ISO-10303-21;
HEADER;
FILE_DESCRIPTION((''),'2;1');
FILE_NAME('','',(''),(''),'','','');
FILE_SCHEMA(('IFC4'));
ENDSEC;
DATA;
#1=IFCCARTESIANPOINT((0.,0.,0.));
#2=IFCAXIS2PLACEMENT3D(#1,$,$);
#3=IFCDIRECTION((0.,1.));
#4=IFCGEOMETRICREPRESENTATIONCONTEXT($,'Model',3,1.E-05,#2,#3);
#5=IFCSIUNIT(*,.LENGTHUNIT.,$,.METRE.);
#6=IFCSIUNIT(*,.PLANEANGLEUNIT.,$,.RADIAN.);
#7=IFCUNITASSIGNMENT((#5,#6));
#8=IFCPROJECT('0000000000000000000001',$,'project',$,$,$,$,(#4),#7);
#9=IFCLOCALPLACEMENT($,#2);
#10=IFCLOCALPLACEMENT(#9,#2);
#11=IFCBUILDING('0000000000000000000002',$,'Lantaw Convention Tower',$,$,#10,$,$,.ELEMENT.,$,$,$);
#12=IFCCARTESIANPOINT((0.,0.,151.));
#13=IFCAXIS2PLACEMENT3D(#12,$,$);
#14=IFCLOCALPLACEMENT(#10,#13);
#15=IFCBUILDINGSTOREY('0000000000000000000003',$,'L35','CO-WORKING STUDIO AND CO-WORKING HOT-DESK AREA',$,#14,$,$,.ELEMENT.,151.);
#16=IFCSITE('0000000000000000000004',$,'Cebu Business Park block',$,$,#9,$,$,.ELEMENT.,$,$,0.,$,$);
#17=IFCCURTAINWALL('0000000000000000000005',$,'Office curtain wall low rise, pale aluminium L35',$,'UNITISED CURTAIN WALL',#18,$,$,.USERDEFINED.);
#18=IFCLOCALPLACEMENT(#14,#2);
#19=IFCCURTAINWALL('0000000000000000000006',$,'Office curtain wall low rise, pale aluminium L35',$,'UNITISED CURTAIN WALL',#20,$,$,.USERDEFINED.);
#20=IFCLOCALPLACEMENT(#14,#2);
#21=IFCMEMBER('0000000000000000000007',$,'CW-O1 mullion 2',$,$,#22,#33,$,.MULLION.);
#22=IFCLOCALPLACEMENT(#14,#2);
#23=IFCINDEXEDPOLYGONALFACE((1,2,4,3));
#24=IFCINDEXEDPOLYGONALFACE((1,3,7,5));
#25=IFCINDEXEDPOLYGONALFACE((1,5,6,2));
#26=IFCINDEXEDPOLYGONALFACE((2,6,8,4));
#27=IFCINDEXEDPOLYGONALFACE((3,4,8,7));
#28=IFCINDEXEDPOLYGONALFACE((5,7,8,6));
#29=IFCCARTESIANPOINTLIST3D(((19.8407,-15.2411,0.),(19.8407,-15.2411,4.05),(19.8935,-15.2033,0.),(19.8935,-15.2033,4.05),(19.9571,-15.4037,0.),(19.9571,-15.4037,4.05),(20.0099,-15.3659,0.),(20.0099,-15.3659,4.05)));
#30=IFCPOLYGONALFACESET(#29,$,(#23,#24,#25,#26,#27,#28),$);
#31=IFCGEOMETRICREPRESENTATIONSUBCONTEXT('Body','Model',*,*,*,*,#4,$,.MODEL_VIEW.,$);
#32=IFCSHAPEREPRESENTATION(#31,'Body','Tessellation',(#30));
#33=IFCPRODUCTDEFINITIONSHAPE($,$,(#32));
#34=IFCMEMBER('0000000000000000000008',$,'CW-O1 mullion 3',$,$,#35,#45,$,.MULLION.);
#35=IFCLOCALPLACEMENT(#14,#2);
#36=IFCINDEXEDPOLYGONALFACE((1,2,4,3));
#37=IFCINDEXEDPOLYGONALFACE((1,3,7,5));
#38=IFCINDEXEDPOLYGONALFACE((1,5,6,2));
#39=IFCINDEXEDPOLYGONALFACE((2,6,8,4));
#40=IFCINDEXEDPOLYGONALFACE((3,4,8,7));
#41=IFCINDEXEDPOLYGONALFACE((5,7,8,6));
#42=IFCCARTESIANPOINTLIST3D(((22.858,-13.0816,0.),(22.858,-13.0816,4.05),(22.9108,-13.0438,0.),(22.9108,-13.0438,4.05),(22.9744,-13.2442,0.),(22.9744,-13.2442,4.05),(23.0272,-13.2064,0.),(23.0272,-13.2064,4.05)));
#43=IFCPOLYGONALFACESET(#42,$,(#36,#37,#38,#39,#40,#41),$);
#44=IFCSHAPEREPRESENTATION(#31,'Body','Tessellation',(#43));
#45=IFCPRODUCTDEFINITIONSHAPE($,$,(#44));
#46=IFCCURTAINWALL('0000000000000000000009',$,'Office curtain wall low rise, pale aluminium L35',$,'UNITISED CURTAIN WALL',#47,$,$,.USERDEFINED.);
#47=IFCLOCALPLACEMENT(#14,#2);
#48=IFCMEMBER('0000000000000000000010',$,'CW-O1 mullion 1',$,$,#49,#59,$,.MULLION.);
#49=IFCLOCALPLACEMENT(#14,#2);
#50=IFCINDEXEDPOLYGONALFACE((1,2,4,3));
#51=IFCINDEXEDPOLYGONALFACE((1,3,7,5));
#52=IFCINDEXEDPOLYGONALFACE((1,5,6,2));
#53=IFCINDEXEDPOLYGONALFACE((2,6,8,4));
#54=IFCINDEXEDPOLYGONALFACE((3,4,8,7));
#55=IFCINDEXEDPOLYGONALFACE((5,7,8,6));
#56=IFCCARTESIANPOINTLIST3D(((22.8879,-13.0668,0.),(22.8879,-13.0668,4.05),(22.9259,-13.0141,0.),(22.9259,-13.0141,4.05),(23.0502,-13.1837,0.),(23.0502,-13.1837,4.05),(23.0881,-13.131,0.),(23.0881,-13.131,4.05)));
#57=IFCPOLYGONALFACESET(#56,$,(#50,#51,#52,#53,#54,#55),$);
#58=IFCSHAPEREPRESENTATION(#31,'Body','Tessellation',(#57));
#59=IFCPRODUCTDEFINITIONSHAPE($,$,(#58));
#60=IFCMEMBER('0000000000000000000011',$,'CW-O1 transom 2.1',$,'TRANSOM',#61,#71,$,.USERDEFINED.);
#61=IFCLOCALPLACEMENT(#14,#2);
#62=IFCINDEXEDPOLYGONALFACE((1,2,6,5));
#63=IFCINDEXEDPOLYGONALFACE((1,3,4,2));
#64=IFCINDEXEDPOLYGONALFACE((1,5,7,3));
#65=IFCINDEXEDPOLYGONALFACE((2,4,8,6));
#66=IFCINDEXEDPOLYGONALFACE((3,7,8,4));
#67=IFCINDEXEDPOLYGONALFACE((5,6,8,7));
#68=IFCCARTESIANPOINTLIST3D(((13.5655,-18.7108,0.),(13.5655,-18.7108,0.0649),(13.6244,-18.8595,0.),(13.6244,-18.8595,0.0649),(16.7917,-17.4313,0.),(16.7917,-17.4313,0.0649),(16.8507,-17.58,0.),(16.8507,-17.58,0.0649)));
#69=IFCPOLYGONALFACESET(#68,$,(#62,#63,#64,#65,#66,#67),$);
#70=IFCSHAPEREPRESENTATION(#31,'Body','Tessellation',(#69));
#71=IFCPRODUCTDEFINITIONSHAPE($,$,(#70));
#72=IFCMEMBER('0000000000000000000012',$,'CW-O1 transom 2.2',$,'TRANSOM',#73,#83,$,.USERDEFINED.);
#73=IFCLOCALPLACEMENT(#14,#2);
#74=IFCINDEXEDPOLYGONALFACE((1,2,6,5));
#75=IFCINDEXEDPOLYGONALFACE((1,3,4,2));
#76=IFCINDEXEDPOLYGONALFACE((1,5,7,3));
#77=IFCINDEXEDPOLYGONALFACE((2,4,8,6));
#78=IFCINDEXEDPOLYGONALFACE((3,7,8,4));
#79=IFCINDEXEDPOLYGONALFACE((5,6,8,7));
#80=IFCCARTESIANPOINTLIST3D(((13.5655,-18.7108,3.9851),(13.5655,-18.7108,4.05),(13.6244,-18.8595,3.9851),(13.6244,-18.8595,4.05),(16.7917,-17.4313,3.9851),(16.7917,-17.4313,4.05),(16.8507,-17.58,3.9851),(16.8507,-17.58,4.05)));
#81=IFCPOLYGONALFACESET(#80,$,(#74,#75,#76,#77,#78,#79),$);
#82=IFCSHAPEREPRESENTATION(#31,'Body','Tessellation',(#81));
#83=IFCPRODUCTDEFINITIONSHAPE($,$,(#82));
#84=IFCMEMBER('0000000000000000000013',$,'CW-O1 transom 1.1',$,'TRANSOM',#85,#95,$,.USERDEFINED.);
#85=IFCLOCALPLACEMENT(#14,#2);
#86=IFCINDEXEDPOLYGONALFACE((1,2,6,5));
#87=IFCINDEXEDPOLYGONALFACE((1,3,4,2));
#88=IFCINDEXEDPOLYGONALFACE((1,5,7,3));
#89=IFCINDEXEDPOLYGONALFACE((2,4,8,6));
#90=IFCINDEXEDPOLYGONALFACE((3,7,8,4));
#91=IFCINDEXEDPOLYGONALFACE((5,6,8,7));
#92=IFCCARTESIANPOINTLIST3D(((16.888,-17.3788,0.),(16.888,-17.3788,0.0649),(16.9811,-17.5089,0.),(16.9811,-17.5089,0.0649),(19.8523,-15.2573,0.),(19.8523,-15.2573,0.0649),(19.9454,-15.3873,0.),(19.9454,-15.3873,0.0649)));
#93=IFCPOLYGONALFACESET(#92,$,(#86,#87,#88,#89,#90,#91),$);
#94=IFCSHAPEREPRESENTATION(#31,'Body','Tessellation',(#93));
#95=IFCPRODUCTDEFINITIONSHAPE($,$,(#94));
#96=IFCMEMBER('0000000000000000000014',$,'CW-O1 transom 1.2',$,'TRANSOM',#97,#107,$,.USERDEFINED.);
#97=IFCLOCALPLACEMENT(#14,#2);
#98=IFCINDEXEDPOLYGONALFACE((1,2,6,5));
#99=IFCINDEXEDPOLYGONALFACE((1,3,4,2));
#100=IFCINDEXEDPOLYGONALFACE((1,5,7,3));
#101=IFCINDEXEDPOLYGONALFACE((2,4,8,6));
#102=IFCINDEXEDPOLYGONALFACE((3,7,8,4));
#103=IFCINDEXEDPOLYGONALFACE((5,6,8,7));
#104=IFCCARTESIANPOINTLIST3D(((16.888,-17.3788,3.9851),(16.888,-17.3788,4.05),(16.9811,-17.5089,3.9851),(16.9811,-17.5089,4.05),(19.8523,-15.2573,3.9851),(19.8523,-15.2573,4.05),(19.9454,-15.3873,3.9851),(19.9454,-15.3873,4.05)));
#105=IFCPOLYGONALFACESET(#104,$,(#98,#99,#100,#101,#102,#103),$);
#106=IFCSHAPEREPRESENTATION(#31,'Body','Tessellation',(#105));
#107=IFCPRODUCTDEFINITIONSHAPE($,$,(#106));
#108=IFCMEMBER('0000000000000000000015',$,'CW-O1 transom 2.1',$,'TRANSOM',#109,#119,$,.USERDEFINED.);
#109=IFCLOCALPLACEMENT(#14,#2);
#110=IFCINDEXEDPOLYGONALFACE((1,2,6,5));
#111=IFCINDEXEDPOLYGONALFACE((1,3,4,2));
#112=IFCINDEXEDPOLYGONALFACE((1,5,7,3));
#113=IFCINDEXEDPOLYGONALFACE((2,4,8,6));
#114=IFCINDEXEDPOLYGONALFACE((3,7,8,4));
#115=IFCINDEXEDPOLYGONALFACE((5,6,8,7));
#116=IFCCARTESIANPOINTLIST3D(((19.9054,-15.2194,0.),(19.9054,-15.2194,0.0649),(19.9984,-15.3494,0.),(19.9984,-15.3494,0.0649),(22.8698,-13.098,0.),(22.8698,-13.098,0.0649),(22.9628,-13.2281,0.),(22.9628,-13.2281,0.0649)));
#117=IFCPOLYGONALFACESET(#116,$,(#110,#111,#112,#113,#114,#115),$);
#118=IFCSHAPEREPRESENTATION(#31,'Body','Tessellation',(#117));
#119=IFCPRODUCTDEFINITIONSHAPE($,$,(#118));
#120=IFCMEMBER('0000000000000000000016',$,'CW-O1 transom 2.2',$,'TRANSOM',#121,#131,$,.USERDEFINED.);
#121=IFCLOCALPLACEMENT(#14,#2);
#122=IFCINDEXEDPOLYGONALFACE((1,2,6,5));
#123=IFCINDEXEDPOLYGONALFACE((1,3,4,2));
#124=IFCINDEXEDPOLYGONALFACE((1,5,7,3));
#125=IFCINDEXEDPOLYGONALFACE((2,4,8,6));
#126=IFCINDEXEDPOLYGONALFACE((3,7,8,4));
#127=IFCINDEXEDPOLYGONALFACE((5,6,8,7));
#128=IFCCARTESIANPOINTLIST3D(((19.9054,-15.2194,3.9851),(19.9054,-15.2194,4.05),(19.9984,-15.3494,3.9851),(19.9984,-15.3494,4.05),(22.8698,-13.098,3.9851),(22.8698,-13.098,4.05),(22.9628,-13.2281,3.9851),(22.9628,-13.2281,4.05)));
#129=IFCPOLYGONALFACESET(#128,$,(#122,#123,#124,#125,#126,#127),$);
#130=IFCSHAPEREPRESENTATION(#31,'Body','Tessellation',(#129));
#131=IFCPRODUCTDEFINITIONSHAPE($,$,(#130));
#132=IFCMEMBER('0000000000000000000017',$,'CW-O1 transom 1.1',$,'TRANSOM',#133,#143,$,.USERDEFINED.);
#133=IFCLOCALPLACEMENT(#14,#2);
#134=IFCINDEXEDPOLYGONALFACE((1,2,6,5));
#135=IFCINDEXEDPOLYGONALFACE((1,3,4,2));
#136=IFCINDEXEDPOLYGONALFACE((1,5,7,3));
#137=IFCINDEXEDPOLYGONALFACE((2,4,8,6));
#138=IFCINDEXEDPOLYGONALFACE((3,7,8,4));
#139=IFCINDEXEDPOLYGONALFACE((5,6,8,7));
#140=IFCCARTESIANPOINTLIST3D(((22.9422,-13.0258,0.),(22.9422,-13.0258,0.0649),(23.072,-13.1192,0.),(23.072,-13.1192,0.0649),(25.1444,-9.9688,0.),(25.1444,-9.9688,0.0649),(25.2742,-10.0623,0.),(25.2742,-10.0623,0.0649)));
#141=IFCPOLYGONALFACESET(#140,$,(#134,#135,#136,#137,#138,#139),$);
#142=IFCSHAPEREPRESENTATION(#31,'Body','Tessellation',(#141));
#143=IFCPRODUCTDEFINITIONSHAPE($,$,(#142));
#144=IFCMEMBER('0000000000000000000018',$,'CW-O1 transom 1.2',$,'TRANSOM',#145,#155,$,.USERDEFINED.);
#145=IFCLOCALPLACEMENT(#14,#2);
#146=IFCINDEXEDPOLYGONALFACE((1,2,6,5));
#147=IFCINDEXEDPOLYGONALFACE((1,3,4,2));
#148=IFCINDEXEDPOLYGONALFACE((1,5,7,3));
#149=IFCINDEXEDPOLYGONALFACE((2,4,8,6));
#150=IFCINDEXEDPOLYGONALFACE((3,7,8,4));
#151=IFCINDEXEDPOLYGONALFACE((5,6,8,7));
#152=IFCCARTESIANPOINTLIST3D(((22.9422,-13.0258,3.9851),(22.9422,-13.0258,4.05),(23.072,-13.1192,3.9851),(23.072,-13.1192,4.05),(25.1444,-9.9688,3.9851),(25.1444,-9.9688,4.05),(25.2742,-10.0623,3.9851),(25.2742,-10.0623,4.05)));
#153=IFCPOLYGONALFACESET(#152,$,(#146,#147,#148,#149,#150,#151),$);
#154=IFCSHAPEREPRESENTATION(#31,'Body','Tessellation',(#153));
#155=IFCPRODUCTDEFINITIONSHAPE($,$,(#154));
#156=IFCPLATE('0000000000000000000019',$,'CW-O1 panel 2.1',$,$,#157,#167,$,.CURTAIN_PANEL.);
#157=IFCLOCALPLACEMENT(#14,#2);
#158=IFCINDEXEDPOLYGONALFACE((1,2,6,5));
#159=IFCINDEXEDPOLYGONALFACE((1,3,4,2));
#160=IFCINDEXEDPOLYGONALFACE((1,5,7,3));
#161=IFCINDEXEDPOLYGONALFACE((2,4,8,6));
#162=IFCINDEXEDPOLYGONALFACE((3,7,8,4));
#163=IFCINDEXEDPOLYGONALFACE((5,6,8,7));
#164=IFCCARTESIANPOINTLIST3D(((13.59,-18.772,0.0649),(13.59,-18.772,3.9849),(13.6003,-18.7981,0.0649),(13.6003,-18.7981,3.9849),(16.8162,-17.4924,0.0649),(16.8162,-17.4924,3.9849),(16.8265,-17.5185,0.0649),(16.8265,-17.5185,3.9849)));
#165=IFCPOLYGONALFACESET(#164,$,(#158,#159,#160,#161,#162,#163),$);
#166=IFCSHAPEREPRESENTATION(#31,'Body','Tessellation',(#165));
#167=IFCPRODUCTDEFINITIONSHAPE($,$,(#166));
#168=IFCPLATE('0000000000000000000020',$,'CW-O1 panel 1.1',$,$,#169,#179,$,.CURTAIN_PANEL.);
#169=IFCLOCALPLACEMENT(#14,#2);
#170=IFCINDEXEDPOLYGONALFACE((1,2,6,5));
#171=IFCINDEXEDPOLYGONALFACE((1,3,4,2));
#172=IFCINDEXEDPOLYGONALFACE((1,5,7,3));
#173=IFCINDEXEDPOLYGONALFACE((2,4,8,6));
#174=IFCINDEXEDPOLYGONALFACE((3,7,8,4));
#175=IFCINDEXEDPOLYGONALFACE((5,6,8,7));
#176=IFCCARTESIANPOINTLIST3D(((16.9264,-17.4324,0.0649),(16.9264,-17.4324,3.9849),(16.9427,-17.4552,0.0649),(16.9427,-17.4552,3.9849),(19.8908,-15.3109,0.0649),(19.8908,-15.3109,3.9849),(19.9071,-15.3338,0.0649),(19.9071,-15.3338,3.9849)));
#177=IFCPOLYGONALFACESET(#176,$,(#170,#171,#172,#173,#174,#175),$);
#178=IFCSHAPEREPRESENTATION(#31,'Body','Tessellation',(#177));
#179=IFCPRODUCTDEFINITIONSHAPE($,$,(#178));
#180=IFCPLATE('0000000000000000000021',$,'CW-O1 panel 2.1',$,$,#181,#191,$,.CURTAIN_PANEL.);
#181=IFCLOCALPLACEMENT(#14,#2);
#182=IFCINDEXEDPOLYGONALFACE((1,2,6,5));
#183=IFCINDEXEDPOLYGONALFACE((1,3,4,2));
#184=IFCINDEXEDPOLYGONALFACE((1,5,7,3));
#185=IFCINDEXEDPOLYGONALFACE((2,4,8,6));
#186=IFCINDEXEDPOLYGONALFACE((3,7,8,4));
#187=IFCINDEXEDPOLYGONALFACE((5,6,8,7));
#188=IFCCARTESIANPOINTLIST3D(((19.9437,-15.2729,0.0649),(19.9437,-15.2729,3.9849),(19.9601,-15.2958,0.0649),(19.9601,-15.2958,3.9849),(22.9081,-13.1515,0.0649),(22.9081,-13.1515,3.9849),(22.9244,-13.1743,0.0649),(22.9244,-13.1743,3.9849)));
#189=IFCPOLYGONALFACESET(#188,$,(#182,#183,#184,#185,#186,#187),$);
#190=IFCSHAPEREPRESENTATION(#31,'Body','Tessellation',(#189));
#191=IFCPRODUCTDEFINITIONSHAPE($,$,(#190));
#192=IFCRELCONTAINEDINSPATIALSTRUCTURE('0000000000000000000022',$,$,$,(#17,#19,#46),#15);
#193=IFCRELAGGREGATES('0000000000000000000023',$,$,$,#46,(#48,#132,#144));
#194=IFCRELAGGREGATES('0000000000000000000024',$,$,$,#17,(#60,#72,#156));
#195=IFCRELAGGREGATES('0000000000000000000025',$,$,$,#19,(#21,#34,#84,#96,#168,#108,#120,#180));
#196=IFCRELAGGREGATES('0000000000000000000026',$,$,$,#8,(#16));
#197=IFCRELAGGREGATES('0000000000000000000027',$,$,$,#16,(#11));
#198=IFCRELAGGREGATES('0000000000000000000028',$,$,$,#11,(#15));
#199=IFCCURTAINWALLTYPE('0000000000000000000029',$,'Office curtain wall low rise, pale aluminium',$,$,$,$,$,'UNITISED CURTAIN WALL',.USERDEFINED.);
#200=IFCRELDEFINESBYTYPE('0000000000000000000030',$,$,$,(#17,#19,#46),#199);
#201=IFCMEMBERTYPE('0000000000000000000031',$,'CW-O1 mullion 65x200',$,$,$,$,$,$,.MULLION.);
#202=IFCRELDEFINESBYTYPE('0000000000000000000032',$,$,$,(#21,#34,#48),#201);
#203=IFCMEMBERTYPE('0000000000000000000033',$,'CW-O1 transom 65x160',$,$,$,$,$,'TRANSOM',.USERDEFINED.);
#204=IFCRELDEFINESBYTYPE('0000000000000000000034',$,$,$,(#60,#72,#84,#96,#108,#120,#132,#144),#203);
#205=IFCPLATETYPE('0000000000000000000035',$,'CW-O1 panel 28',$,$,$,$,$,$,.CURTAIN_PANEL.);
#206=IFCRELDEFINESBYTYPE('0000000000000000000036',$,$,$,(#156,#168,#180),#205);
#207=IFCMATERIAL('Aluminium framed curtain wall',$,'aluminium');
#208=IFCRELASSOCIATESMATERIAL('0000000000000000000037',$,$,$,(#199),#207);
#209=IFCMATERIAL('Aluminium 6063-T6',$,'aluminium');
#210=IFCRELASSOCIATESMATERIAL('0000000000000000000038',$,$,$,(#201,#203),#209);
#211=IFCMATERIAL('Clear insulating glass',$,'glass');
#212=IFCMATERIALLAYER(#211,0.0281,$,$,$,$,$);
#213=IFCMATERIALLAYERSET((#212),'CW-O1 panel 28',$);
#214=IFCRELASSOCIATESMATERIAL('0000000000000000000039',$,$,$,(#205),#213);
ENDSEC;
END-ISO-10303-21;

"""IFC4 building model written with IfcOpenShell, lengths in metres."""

from ifc_helpers import new_model, si_unit, direction, frame, origin, origin_2d, place, context, subcontext, project, spatial, rectangle, extrude, material, layer, layer_set, material_profile, profile_set, type_object, element, aggregate, save


model = new_model("IFC4")

# Units and contexts
model_context = context("Model", 3, precision=1e-05, world=origin(), true_north=direction((0.0, 1.0)))
body_context = subcontext(model_context, "Body", "Model", "MODEL_VIEW")
ifc_project = project(units=[si_unit("LENGTHUNIT", "METRE"), si_unit("PLANEANGLEUNIT", "RADIAN")], contexts=[model_context])

# Site, building, storey
site_placement = place(None, origin())
site = spatial("IfcSite", under=ifc_project, at=site_placement, Name="Cebu Business Park block", CompositionType="ELEMENT", RefElevation=0.0)
building_placement = place(site_placement, origin())
building = spatial("IfcBuilding", under=site, at=building_placement, Name="Lantaw Convention Tower", CompositionType="ELEMENT")
storey_placement = place(building_placement, frame((0.0, 0.0, 151.0)))
storey = spatial("IfcBuildingStorey", under=building, at=storey_placement, Name="L35", Description="CO-WORKING STUDIO AND CO-WORKING HOT-DESK AREA", CompositionType="ELEMENT", Elevation=151.0)

# Curtain walls, members
ifc_material_1 = material(Name="Aluminium framed curtain wall", Category="aluminium")
curtain_wall_type = type_object("IfcCurtainWallType", Name="Office curtain wall low rise, pale aluminium", ElementType="UNITISED CURTAIN WALL", PredefinedType="USERDEFINED", material=ifc_material_1)
curtain_wall_1_placement = place(storey_placement, origin())
curtain_wall_1 = element("IfcCurtainWall", 1, at=curtain_wall_1_placement, inside=storey, type_object=curtain_wall_type, Name="Office curtain wall low rise, pale aluminium L35", ObjectType="UNITISED CURTAIN WALL", PredefinedType="USERDEFINED")
ifc_material_2 = material(Name="Aluminium 6063-T6", Category="aluminium")
ifc_material_profile_1 = material_profile(ifc_material_2, rectangle(XDim=0.2, YDim=0.0649, at=origin_2d()), Name="CW-O1 mullion 65x200")
ifc_profile_set_1 = profile_set([ifc_material_profile_1], Name="Aluminium 6063-T6")
member_type_1 = type_object("IfcMemberType", Name="CW-O1 mullion 65x200", PredefinedType="MULLION", material=ifc_profile_set_1)
curtain_wall_2_placement = place(storey_placement, origin())
curtain_wall_2 = element("IfcCurtainWall", 2, at=curtain_wall_2_placement, inside=storey, type_object=curtain_wall_type, Name="Office curtain wall low rise, pale aluminium L35", ObjectType="UNITISED CURTAIN WALL", PredefinedType="USERDEFINED")
member_1_placement = place(storey_placement, frame((19.9253, -15.3035, 0.0), z_axis=(0.0, 0.0, 1.0), x_axis=(-0.581973, 0.813208, 0.0)))
member_1 = element("IfcMember", 3, at=member_1_placement, type_object=member_type_1, Name="CW-O1 mullion 2", PredefinedType="MULLION", context=body_context, shape_type="SweptSolid", body=[
    extrude(rectangle(XDim=0.2, YDim=0.0649, at=origin_2d()), origin(), (0.0, 0.0, 1.0), 4.05),
])
member_2_placement = place(storey_placement, frame((22.9426, -13.144, 0.0), z_axis=(0.0, 0.0, 1.0), x_axis=(-0.581973, 0.813208, 0.0)))
member_2 = element("IfcMember", 4, at=member_2_placement, type_object=member_type_1, Name="CW-O1 mullion 3", PredefinedType="MULLION", context=body_context, shape_type="SweptSolid", body=[
    extrude(rectangle(XDim=0.2, YDim=0.0649, at=origin_2d()), origin(), (0.0, 0.0, 1.0), 4.05),
])

# Curtain wall, member
curtain_wall_3_placement = place(storey_placement, origin())
curtain_wall_3 = element("IfcCurtainWall", 5, at=curtain_wall_3_placement, inside=storey, type_object=curtain_wall_type, Name="Office curtain wall low rise, pale aluminium L35", ObjectType="UNITISED CURTAIN WALL", PredefinedType="USERDEFINED")
member_3_placement = place(storey_placement, frame((22.988, -13.0989, 0.0), z_axis=(0.0, 0.0, 1.0), x_axis=(-0.811385, 0.584513, 0.0)))
member_3 = element("IfcMember", 6, at=member_3_placement, type_object=member_type_1, Name="CW-O1 mullion 1", PredefinedType="MULLION", context=body_context, shape_type="SweptSolid", body=[
    extrude(rectangle(XDim=0.2, YDim=0.0649, at=origin_2d()), origin(), (0.0, 0.0, 1.0), 4.05),
])

# Members
ifc_material_profile_2 = material_profile(ifc_material_2, rectangle(XDim=0.1599, YDim=0.0649, at=origin_2d()), Name="CW-O1 transom 65x160")
ifc_profile_set_2 = profile_set([ifc_material_profile_2], Name="Aluminium 6063-T6")
member_type_2 = type_object("IfcMemberType", Name="CW-O1 transom 65x160", ElementType="TRANSOM", PredefinedType="USERDEFINED", material=ifc_profile_set_2)
member_4_placement = place(storey_placement, frame((13.595, -18.7852, 0.0325), z_axis=(0.929564, 0.36866, 0.0), x_axis=(-0.36866, 0.929564, 0.0)))
member_4 = element("IfcMember", 7, at=member_4_placement, type_object=member_type_2, Name="CW-O1 transom 2.1", ObjectType="TRANSOM", PredefinedType="USERDEFINED", context=body_context, shape_type="SweptSolid", body=[
    extrude(rectangle(XDim=0.1599, YDim=0.0649, at=origin_2d()), origin(), (0.0, 0.0, 1.0), 3.4707),
])
member_5_placement = place(storey_placement, frame((13.595, -18.7852, 4.0176), z_axis=(0.929564, 0.36866, 0.0), x_axis=(-0.36866, 0.929564, 0.0)))
member_5 = element("IfcMember", 8, at=member_5_placement, type_object=member_type_2, Name="CW-O1 transom 2.2", ObjectType="TRANSOM", PredefinedType="USERDEFINED", context=body_context, shape_type="SweptSolid", body=[
    extrude(rectangle(XDim=0.1599, YDim=0.0649, at=origin_2d()), origin(), (0.0, 0.0, 1.0), 3.4707),
])
member_6_placement = place(storey_placement, frame((16.9346, -17.4438, 0.0325), z_axis=(0.81319, 0.581998, 0.0), x_axis=(-0.581998, 0.81319, 0.0)))
member_6 = element("IfcMember", 9, at=member_6_placement, type_object=member_type_2, Name="CW-O1 transom 1.1", ObjectType="TRANSOM", PredefinedType="USERDEFINED", context=body_context, shape_type="SweptSolid", body=[
    extrude(rectangle(XDim=0.1599, YDim=0.0649, at=origin_2d()), origin(), (0.0, 0.0, 1.0), 3.6453),
])
member_7_placement = place(storey_placement, frame((16.9346, -17.4438, 4.0176), z_axis=(0.81319, 0.581998, 0.0), x_axis=(-0.581998, 0.81319, 0.0)))
member_7 = element("IfcMember", 10, at=member_7_placement, type_object=member_type_2, Name="CW-O1 transom 1.2", ObjectType="TRANSOM", PredefinedType="USERDEFINED", context=body_context, shape_type="SweptSolid", body=[
    extrude(rectangle(XDim=0.1599, YDim=0.0649, at=origin_2d()), origin(), (0.0, 0.0, 1.0), 3.6453),
])
member_8_placement = place(storey_placement, frame((19.9519, -15.2844, 0.0325), z_axis=(0.813222, 0.581954, 0.0), x_axis=(-0.581954, 0.813222, 0.0)))
member_8 = element("IfcMember", 11, at=member_8_placement, type_object=member_type_2, Name="CW-O1 transom 2.1", ObjectType="TRANSOM", PredefinedType="USERDEFINED", context=body_context, shape_type="SweptSolid", body=[
    extrude(rectangle(XDim=0.1599, YDim=0.0649, at=origin_2d()), origin(), (0.0, 0.0, 1.0), 3.6453),
])
member_9_placement = place(storey_placement, frame((19.9519, -15.2844, 4.0176), z_axis=(0.813222, 0.581954, 0.0), x_axis=(-0.581954, 0.813222, 0.0)))
member_9 = element("IfcMember", 12, at=member_9_placement, type_object=member_type_2, Name="CW-O1 transom 2.2", ObjectType="TRANSOM", PredefinedType="USERDEFINED", context=body_context, shape_type="SweptSolid", body=[
    extrude(rectangle(XDim=0.1599, YDim=0.0649, at=origin_2d()), origin(), (0.0, 0.0, 1.0), 3.6453),
])
member_10_placement = place(storey_placement, frame((23.0071, -13.0725, 0.0325), z_axis=(0.584513, 0.811384, 0.0), x_axis=(-0.811384, 0.584513, 0.0)))
member_10 = element("IfcMember", 13, at=member_10_placement, type_object=member_type_2, Name="CW-O1 transom 1.1", ObjectType="TRANSOM", PredefinedType="USERDEFINED", context=body_context, shape_type="SweptSolid", body=[
    extrude(rectangle(XDim=0.1599, YDim=0.0649, at=origin_2d()), origin(), (0.0, 0.0, 1.0), 3.7676),
])
member_11_placement = place(storey_placement, frame((23.0071, -13.0725, 4.0176), z_axis=(0.584513, 0.811384, 0.0), x_axis=(-0.811384, 0.584513, 0.0)))
member_11 = element("IfcMember", 14, at=member_11_placement, type_object=member_type_2, Name="CW-O1 transom 1.2", ObjectType="TRANSOM", PredefinedType="USERDEFINED", context=body_context, shape_type="SweptSolid", body=[
    extrude(rectangle(XDim=0.1599, YDim=0.0649, at=origin_2d()), origin(), (0.0, 0.0, 1.0), 3.7676),
])
aggregate(curtain_wall_3, [member_3, member_10, member_11])

# Plates
ifc_material_3 = material(Name="Clear insulating glass", Category="glass")
ifc_layer_1 = layer(ifc_material_3, 0.0281)
ifc_layer_set_1 = layer_set([ifc_layer_1], Name="CW-O1 panel 28")
plate_type_1 = type_object("IfcPlateType", Name="CW-O1 panel 28", PredefinedType="CURTAIN_PANEL", material=ifc_layer_set_1)
plate_1_placement = place(storey_placement, frame((15.2083, -18.1453, 0.0649), z_axis=(0.0, 0.0, 1.0), x_axis=(0.929548, 0.368702, 0.0)))
plate_1 = element("IfcPlate", 15, at=plate_1_placement, type_object=plate_type_1, Name="CW-O1 panel 2.1", PredefinedType="CURTAIN_PANEL", context=body_context, shape_type="SweptSolid", body=[
    extrude(rectangle(XDim=3.4707, YDim=0.0281, at=origin_2d()), origin(), (0.0, 0.0, 1.0), 3.9199),
])
aggregate(curtain_wall_1, [member_4, member_5, plate_1])
plate_2_placement = place(storey_placement, frame((18.4167, -16.3831, 0.0649), z_axis=(0.0, 0.0, 1.0), x_axis=(0.813208, 0.581973, 0.0)))
plate_2 = element("IfcPlate", 16, at=plate_2_placement, type_object=plate_type_1, Name="CW-O1 panel 1.1", PredefinedType="CURTAIN_PANEL", context=body_context, shape_type="SweptSolid", body=[
    extrude(rectangle(XDim=3.6453, YDim=0.0281, at=origin_2d()), origin(), (0.0, 0.0, 1.0), 3.9199),
])
plate_3_placement = place(storey_placement, frame((21.4341, -14.2236, 0.0649), z_axis=(0.0, 0.0, 1.0), x_axis=(0.813208, 0.581973, 0.0)))
plate_3 = element("IfcPlate", 17, at=plate_3_placement, type_object=plate_type_1, Name="CW-O1 panel 2.1", PredefinedType="CURTAIN_PANEL", context=body_context, shape_type="SweptSolid", body=[
    extrude(rectangle(XDim=3.6453, YDim=0.0281, at=origin_2d()), origin(), (0.0, 0.0, 1.0), 3.9199),
])
aggregate(curtain_wall_2, [member_1, member_2, member_6, member_7, plate_2, member_8, member_9, plate_3])

save(model, "model.ifc")
